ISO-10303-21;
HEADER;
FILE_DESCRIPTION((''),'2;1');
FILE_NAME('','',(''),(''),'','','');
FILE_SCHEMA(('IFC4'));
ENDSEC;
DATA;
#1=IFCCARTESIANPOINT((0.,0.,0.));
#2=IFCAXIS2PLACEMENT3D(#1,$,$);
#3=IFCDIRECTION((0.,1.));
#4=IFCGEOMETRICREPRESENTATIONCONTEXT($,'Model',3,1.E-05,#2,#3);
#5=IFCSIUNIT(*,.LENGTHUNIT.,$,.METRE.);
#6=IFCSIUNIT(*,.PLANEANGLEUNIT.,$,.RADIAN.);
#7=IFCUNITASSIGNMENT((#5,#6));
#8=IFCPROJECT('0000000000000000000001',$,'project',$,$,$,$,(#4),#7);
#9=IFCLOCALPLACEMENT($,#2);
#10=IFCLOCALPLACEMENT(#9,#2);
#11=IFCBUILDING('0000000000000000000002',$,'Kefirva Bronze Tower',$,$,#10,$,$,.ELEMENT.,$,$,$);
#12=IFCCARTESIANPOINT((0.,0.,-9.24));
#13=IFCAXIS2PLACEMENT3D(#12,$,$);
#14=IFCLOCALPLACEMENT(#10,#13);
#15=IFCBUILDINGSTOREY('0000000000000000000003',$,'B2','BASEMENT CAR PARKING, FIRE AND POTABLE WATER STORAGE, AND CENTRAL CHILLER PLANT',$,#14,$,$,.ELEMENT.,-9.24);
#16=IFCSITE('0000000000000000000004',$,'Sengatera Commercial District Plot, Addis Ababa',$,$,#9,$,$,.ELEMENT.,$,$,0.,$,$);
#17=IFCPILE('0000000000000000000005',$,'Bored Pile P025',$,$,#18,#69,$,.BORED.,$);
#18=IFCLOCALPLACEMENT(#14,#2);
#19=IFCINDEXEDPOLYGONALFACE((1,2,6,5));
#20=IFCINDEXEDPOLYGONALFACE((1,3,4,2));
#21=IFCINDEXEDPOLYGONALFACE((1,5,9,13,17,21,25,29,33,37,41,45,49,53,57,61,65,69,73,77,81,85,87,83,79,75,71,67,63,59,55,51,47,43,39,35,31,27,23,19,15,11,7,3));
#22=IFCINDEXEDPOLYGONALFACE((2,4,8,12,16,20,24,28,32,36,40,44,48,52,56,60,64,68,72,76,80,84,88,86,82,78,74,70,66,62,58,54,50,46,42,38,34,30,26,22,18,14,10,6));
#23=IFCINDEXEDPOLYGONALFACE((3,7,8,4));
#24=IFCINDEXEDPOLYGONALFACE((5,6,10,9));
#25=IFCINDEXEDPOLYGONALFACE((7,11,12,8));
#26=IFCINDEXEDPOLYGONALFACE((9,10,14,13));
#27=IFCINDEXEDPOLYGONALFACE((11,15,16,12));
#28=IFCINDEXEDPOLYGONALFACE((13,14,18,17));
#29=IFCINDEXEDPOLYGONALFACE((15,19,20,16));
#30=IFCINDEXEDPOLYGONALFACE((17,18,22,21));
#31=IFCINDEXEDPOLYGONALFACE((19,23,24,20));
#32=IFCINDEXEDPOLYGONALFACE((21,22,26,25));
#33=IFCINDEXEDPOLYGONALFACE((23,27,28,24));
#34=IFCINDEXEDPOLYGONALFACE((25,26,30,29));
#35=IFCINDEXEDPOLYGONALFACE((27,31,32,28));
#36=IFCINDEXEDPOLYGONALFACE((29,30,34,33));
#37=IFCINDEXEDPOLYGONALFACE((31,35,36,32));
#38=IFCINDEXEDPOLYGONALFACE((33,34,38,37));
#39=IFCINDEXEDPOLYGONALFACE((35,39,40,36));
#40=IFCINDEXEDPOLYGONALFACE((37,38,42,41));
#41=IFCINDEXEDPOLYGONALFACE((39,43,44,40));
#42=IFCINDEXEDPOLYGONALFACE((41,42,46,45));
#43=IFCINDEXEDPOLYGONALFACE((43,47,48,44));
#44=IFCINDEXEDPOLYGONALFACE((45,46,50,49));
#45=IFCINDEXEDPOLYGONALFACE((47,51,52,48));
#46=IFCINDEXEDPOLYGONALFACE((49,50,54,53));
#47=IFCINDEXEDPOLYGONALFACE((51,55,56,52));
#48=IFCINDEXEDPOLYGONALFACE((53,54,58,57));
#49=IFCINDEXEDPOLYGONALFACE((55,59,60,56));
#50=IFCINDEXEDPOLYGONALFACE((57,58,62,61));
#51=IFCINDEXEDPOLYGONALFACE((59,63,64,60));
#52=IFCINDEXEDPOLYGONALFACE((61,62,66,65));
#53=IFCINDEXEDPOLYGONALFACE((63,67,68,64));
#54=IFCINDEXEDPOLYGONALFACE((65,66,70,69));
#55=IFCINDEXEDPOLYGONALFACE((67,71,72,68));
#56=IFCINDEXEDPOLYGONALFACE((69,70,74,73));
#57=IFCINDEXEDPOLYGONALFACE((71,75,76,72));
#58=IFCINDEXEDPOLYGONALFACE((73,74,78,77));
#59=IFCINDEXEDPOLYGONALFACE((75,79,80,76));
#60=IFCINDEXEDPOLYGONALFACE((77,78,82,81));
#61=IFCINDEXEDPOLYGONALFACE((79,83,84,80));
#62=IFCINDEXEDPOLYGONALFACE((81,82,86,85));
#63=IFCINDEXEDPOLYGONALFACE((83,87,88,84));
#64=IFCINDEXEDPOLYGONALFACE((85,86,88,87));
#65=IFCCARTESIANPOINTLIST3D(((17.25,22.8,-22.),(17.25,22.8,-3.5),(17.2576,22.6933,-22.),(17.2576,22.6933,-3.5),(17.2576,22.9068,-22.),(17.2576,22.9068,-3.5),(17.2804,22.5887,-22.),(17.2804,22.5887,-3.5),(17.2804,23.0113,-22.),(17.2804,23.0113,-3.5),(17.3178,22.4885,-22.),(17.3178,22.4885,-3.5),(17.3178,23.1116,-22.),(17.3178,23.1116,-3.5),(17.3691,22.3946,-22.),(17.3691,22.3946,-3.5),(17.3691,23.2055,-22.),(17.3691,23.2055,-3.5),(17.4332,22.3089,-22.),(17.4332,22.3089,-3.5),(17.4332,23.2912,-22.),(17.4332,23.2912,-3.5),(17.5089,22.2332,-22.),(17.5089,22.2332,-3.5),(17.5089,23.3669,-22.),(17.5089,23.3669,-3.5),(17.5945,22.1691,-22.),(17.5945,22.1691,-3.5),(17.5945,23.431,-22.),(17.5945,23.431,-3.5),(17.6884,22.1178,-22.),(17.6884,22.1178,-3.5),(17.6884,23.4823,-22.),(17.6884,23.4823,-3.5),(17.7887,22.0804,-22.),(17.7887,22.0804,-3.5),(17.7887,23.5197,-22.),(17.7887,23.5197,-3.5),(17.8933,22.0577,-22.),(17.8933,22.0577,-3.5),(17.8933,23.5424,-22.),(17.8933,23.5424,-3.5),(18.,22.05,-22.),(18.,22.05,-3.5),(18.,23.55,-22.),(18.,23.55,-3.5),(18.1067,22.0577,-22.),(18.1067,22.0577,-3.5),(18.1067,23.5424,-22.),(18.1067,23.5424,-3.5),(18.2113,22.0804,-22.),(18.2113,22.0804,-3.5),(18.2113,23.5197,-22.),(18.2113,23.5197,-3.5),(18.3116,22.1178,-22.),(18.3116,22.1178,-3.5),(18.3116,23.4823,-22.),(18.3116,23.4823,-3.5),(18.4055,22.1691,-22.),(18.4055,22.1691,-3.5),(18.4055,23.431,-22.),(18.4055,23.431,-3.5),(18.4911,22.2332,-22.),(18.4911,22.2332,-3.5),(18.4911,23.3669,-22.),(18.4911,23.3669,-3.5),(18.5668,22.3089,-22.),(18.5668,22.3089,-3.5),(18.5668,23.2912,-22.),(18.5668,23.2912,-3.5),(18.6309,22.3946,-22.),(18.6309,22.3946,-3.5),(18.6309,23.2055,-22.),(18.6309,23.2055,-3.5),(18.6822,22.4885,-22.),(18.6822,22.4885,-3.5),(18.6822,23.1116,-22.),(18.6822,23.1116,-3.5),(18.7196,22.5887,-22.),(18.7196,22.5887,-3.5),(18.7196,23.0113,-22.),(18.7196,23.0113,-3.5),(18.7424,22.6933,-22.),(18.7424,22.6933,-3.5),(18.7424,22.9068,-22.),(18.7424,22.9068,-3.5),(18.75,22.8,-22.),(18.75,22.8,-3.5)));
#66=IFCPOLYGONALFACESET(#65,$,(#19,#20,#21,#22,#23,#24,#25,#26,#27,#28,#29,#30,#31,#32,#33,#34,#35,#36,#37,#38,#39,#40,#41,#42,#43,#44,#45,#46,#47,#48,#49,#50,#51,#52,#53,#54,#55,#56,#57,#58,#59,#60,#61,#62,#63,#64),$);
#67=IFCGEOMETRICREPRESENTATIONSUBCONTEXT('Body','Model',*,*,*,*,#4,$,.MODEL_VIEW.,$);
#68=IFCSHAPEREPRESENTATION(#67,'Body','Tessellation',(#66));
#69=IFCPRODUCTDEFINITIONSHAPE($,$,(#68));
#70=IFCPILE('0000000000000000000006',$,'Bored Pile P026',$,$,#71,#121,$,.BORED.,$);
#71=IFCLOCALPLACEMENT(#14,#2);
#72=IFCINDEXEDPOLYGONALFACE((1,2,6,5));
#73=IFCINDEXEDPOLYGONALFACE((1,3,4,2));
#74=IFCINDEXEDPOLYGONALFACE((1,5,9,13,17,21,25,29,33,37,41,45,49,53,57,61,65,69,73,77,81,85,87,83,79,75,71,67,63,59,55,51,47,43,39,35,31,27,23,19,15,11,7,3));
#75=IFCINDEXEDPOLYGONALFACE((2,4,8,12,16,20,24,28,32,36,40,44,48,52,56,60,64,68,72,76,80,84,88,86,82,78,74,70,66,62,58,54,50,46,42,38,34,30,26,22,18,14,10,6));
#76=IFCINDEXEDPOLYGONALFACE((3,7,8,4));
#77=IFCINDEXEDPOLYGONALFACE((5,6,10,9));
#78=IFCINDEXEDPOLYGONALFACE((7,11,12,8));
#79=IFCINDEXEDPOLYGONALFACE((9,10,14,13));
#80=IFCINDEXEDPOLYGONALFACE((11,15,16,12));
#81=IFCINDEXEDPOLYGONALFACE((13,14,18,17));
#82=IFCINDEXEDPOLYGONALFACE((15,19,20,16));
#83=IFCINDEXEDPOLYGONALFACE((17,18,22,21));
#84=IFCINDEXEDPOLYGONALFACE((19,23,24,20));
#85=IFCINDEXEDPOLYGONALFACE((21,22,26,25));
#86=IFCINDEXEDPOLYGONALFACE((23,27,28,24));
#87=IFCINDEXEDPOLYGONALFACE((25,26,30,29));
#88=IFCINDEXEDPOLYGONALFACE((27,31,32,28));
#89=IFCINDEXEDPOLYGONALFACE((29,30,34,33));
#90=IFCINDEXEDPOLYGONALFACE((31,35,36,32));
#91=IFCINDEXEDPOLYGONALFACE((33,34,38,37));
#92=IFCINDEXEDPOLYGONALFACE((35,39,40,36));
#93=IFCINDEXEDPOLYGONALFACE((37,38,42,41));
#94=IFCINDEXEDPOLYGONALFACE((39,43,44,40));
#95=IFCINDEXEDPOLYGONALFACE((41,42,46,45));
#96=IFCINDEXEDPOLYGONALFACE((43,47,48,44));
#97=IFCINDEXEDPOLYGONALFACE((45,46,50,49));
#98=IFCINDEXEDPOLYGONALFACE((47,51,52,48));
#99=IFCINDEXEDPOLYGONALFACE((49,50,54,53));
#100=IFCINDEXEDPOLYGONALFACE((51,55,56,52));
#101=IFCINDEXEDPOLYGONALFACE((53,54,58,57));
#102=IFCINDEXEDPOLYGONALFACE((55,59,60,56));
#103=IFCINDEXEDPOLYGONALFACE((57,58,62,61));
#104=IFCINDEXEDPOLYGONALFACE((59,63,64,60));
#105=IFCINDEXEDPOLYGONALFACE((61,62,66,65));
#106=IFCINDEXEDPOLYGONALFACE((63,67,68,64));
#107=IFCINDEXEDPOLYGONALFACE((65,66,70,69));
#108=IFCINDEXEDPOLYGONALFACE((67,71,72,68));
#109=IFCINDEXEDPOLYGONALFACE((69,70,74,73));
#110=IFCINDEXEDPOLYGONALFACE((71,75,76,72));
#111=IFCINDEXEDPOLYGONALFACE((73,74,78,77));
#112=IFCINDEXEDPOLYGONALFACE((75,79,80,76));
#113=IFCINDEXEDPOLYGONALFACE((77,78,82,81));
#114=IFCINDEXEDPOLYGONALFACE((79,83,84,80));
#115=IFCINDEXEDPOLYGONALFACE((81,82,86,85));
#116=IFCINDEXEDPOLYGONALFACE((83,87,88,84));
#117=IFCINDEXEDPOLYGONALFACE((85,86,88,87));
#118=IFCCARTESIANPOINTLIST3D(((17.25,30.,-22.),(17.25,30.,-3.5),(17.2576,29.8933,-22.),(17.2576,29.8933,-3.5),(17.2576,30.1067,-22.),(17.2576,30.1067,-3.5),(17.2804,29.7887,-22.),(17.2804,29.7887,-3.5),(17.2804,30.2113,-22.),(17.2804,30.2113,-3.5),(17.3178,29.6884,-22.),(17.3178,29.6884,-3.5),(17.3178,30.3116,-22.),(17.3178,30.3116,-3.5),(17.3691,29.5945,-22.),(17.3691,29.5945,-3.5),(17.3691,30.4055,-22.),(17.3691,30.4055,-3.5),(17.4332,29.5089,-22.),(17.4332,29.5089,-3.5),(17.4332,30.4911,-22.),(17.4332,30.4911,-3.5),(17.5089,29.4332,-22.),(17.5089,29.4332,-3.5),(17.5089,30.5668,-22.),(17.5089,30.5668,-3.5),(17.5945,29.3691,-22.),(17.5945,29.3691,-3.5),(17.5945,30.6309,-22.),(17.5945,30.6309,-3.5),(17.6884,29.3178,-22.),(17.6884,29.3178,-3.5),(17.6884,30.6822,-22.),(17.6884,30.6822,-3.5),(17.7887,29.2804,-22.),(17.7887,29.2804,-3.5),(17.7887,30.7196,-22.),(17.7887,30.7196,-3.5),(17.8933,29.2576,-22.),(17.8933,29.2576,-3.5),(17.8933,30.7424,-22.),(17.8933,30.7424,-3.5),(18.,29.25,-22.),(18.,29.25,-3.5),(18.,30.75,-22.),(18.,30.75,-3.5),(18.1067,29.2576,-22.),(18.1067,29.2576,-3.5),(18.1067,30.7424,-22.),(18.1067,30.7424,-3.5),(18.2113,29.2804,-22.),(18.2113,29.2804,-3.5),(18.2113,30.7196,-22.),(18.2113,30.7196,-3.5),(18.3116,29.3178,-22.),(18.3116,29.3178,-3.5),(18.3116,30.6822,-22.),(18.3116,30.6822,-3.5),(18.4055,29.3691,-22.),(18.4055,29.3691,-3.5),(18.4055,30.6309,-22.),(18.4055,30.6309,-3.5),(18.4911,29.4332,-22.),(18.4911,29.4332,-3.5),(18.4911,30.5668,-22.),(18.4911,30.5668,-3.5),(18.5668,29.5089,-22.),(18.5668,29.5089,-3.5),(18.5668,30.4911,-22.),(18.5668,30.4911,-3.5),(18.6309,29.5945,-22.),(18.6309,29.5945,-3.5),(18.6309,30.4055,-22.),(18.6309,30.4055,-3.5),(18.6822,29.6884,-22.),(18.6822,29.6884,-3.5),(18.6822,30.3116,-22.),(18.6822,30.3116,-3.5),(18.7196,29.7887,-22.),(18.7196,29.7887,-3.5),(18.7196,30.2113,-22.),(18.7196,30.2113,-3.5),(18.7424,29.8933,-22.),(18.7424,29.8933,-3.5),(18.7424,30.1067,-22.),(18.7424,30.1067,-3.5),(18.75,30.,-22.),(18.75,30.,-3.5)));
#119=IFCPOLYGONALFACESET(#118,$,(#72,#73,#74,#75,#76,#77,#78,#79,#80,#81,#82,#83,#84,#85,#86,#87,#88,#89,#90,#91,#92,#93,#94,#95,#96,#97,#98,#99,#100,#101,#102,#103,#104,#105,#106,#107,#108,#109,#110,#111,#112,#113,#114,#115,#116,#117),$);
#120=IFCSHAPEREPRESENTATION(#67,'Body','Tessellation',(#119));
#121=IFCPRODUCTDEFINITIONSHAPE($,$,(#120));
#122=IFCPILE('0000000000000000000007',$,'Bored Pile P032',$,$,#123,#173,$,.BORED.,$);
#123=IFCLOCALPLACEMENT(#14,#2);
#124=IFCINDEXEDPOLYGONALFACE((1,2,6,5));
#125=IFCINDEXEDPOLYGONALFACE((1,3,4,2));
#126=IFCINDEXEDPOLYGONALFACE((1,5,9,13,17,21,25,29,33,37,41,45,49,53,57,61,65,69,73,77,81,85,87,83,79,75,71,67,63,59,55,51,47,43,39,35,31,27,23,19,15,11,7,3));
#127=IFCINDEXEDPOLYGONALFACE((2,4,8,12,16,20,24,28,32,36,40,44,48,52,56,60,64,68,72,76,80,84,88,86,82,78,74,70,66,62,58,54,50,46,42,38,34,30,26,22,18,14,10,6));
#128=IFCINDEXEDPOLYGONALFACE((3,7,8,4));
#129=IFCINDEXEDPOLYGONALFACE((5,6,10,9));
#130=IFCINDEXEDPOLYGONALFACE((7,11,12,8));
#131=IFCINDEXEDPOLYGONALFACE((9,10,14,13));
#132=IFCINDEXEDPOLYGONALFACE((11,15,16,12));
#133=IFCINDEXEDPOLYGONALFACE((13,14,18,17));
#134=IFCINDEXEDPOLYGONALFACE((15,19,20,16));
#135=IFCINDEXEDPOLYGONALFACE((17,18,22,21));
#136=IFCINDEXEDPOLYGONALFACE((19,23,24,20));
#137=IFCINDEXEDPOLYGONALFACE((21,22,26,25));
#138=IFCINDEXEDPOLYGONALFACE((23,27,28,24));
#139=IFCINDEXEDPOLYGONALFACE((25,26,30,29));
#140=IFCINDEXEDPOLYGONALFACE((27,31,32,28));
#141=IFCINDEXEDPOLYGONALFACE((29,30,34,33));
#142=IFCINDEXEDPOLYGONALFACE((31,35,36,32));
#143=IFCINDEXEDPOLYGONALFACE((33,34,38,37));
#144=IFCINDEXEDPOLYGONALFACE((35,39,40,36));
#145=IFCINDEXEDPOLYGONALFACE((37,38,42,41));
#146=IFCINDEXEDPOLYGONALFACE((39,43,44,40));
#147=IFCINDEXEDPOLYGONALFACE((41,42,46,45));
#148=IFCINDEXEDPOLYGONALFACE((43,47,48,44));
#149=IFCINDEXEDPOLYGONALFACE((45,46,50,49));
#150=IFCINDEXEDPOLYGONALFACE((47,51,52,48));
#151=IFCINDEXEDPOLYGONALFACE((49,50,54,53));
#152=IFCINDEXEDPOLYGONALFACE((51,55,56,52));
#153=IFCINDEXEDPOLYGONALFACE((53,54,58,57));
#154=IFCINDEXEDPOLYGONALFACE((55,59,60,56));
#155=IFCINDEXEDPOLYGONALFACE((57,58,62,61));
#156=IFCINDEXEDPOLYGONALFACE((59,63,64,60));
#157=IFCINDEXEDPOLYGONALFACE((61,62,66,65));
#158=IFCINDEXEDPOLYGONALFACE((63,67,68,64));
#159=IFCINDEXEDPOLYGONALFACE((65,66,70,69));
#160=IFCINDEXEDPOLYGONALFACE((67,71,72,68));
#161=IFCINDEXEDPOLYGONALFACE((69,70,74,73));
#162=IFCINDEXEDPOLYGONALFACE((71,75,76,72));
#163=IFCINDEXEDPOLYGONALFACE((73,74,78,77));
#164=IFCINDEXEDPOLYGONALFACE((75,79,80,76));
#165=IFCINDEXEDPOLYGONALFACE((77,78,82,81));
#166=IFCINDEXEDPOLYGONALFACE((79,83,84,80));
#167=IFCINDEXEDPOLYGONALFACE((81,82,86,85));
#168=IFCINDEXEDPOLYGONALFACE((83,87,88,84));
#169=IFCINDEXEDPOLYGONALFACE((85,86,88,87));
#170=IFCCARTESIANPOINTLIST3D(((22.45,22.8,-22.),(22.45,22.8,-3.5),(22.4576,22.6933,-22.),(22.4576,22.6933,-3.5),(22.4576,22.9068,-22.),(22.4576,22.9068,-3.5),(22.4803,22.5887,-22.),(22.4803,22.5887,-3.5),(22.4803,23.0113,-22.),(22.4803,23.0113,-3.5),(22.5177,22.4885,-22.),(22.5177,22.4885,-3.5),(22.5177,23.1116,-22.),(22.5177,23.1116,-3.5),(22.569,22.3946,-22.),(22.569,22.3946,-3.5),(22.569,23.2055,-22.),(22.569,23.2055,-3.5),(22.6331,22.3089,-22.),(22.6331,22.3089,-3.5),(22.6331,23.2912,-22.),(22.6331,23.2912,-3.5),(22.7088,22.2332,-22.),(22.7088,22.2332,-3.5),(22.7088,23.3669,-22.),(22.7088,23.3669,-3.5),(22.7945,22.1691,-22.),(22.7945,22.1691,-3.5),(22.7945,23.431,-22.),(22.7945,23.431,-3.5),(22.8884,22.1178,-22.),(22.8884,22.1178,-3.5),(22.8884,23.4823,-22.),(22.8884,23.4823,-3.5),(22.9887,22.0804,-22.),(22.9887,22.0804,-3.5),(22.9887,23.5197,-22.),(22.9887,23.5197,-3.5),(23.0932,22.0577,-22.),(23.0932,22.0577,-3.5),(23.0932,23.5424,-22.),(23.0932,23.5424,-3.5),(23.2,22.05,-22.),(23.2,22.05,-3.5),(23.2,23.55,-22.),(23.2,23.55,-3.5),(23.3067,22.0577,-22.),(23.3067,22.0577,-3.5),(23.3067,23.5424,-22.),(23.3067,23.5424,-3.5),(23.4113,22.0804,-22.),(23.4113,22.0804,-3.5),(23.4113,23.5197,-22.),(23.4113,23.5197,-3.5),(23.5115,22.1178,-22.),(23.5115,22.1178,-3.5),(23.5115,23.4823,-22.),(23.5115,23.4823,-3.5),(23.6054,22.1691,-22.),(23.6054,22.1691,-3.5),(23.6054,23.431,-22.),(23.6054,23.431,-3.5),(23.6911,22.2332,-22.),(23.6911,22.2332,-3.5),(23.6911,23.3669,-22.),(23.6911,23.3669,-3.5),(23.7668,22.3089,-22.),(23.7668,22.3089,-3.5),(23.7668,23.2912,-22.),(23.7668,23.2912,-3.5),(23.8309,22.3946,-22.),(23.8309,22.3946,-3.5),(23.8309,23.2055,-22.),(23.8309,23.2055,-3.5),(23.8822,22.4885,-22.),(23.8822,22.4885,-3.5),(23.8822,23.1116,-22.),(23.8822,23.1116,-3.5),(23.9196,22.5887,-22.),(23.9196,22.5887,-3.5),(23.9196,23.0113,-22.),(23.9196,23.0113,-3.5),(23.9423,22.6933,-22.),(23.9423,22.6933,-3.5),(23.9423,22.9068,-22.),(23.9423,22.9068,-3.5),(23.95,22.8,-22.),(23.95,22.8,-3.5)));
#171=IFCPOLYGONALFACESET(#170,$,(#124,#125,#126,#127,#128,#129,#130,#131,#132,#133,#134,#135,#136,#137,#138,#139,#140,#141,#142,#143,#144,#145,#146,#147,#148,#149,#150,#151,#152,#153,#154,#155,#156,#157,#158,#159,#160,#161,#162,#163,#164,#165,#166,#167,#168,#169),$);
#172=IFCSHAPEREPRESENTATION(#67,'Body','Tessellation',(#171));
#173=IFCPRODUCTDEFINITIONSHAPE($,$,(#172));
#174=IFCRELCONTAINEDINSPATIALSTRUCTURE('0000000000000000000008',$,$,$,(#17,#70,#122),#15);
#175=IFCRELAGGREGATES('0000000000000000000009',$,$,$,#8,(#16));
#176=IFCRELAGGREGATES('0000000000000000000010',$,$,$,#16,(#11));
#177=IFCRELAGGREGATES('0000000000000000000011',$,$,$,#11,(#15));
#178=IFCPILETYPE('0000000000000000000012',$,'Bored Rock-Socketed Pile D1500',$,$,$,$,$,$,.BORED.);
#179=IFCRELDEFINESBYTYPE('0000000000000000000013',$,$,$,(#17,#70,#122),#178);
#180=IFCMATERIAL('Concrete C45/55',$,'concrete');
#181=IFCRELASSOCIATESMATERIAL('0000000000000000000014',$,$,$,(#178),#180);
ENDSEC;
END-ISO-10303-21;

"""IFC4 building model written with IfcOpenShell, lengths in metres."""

from ifc_helpers import new_model, si_unit, direction, frame, origin, origin_2d, place, context, subcontext, project, spatial, circle, extrude, material, material_profile, profile_set, type_object, element, save


model = new_model("IFC4")

# Units and contexts
model_context = context("Model", 3, precision=1e-05, world=origin(), true_north=direction((0.0, 1.0)))
body_context = subcontext(model_context, "Body", "Model", "MODEL_VIEW")
ifc_project = project(units=[si_unit("LENGTHUNIT", "METRE"), si_unit("PLANEANGLEUNIT", "RADIAN")], contexts=[model_context])

# Site, building, storey
site_placement = place(None, origin())
site = spatial("IfcSite", under=ifc_project, at=site_placement, Name="Sengatera Commercial District Plot, Addis Ababa", CompositionType="ELEMENT", RefElevation=0.0)
building_placement = place(site_placement, origin())
building = spatial("IfcBuilding", under=site, at=building_placement, Name="Kefirva Bronze Tower", CompositionType="ELEMENT")
storey_placement = place(building_placement, frame((0.0, 0.0, -9.24)))
storey = spatial("IfcBuildingStorey", under=building, at=storey_placement, Name="B2", Description="BASEMENT CAR PARKING, FIRE AND POTABLE WATER STORAGE, AND CENTRAL CHILLER PLANT", CompositionType="ELEMENT", Elevation=-9.24)

# Piles
ifc_material_1 = material(Name="Concrete C45/55", Category="concrete")
ifc_material_profile_1 = material_profile(ifc_material_1, circle(Radius=0.75, at=origin_2d()), Name="BORED PILE D1500")
ifc_profile_set_1 = profile_set([ifc_material_profile_1], Name="Concrete C45/55")
pile_type = type_object("IfcPileType", Name="Bored Rock-Socketed Pile D1500", PredefinedType="BORED", material=ifc_profile_set_1)
for number, where, z_axis, x_axis, name in (
    (1, (18.0, 22.8, -3.5), (0.0, 0.0, -1.0), (1.0, 0.0, 0.0), "Bored Pile P025"),
    (2, (18.0, 30.0, -3.5), (0.0, 0.0, -1.0), (1.0, 0.0, 0.0), "Bored Pile P026"),
    (3, (23.2, 22.8, -3.5), (0.0, 0.0, -1.0), (1.0, 0.0, 0.0), "Bored Pile P032"),
):
    element("IfcPile", number, at=place(storey_placement, frame(where, z_axis=z_axis, x_axis=x_axis)), inside=storey, type_object=pile_type, Name=name, PredefinedType="BORED", context=body_context, shape_type="SweptSolid", body=[
        extrude(circle(Radius=0.75, at=origin_2d()), origin(), (0.0, 0.0, 1.0), 18.5),
    ])

save(model, "model.ifc")
